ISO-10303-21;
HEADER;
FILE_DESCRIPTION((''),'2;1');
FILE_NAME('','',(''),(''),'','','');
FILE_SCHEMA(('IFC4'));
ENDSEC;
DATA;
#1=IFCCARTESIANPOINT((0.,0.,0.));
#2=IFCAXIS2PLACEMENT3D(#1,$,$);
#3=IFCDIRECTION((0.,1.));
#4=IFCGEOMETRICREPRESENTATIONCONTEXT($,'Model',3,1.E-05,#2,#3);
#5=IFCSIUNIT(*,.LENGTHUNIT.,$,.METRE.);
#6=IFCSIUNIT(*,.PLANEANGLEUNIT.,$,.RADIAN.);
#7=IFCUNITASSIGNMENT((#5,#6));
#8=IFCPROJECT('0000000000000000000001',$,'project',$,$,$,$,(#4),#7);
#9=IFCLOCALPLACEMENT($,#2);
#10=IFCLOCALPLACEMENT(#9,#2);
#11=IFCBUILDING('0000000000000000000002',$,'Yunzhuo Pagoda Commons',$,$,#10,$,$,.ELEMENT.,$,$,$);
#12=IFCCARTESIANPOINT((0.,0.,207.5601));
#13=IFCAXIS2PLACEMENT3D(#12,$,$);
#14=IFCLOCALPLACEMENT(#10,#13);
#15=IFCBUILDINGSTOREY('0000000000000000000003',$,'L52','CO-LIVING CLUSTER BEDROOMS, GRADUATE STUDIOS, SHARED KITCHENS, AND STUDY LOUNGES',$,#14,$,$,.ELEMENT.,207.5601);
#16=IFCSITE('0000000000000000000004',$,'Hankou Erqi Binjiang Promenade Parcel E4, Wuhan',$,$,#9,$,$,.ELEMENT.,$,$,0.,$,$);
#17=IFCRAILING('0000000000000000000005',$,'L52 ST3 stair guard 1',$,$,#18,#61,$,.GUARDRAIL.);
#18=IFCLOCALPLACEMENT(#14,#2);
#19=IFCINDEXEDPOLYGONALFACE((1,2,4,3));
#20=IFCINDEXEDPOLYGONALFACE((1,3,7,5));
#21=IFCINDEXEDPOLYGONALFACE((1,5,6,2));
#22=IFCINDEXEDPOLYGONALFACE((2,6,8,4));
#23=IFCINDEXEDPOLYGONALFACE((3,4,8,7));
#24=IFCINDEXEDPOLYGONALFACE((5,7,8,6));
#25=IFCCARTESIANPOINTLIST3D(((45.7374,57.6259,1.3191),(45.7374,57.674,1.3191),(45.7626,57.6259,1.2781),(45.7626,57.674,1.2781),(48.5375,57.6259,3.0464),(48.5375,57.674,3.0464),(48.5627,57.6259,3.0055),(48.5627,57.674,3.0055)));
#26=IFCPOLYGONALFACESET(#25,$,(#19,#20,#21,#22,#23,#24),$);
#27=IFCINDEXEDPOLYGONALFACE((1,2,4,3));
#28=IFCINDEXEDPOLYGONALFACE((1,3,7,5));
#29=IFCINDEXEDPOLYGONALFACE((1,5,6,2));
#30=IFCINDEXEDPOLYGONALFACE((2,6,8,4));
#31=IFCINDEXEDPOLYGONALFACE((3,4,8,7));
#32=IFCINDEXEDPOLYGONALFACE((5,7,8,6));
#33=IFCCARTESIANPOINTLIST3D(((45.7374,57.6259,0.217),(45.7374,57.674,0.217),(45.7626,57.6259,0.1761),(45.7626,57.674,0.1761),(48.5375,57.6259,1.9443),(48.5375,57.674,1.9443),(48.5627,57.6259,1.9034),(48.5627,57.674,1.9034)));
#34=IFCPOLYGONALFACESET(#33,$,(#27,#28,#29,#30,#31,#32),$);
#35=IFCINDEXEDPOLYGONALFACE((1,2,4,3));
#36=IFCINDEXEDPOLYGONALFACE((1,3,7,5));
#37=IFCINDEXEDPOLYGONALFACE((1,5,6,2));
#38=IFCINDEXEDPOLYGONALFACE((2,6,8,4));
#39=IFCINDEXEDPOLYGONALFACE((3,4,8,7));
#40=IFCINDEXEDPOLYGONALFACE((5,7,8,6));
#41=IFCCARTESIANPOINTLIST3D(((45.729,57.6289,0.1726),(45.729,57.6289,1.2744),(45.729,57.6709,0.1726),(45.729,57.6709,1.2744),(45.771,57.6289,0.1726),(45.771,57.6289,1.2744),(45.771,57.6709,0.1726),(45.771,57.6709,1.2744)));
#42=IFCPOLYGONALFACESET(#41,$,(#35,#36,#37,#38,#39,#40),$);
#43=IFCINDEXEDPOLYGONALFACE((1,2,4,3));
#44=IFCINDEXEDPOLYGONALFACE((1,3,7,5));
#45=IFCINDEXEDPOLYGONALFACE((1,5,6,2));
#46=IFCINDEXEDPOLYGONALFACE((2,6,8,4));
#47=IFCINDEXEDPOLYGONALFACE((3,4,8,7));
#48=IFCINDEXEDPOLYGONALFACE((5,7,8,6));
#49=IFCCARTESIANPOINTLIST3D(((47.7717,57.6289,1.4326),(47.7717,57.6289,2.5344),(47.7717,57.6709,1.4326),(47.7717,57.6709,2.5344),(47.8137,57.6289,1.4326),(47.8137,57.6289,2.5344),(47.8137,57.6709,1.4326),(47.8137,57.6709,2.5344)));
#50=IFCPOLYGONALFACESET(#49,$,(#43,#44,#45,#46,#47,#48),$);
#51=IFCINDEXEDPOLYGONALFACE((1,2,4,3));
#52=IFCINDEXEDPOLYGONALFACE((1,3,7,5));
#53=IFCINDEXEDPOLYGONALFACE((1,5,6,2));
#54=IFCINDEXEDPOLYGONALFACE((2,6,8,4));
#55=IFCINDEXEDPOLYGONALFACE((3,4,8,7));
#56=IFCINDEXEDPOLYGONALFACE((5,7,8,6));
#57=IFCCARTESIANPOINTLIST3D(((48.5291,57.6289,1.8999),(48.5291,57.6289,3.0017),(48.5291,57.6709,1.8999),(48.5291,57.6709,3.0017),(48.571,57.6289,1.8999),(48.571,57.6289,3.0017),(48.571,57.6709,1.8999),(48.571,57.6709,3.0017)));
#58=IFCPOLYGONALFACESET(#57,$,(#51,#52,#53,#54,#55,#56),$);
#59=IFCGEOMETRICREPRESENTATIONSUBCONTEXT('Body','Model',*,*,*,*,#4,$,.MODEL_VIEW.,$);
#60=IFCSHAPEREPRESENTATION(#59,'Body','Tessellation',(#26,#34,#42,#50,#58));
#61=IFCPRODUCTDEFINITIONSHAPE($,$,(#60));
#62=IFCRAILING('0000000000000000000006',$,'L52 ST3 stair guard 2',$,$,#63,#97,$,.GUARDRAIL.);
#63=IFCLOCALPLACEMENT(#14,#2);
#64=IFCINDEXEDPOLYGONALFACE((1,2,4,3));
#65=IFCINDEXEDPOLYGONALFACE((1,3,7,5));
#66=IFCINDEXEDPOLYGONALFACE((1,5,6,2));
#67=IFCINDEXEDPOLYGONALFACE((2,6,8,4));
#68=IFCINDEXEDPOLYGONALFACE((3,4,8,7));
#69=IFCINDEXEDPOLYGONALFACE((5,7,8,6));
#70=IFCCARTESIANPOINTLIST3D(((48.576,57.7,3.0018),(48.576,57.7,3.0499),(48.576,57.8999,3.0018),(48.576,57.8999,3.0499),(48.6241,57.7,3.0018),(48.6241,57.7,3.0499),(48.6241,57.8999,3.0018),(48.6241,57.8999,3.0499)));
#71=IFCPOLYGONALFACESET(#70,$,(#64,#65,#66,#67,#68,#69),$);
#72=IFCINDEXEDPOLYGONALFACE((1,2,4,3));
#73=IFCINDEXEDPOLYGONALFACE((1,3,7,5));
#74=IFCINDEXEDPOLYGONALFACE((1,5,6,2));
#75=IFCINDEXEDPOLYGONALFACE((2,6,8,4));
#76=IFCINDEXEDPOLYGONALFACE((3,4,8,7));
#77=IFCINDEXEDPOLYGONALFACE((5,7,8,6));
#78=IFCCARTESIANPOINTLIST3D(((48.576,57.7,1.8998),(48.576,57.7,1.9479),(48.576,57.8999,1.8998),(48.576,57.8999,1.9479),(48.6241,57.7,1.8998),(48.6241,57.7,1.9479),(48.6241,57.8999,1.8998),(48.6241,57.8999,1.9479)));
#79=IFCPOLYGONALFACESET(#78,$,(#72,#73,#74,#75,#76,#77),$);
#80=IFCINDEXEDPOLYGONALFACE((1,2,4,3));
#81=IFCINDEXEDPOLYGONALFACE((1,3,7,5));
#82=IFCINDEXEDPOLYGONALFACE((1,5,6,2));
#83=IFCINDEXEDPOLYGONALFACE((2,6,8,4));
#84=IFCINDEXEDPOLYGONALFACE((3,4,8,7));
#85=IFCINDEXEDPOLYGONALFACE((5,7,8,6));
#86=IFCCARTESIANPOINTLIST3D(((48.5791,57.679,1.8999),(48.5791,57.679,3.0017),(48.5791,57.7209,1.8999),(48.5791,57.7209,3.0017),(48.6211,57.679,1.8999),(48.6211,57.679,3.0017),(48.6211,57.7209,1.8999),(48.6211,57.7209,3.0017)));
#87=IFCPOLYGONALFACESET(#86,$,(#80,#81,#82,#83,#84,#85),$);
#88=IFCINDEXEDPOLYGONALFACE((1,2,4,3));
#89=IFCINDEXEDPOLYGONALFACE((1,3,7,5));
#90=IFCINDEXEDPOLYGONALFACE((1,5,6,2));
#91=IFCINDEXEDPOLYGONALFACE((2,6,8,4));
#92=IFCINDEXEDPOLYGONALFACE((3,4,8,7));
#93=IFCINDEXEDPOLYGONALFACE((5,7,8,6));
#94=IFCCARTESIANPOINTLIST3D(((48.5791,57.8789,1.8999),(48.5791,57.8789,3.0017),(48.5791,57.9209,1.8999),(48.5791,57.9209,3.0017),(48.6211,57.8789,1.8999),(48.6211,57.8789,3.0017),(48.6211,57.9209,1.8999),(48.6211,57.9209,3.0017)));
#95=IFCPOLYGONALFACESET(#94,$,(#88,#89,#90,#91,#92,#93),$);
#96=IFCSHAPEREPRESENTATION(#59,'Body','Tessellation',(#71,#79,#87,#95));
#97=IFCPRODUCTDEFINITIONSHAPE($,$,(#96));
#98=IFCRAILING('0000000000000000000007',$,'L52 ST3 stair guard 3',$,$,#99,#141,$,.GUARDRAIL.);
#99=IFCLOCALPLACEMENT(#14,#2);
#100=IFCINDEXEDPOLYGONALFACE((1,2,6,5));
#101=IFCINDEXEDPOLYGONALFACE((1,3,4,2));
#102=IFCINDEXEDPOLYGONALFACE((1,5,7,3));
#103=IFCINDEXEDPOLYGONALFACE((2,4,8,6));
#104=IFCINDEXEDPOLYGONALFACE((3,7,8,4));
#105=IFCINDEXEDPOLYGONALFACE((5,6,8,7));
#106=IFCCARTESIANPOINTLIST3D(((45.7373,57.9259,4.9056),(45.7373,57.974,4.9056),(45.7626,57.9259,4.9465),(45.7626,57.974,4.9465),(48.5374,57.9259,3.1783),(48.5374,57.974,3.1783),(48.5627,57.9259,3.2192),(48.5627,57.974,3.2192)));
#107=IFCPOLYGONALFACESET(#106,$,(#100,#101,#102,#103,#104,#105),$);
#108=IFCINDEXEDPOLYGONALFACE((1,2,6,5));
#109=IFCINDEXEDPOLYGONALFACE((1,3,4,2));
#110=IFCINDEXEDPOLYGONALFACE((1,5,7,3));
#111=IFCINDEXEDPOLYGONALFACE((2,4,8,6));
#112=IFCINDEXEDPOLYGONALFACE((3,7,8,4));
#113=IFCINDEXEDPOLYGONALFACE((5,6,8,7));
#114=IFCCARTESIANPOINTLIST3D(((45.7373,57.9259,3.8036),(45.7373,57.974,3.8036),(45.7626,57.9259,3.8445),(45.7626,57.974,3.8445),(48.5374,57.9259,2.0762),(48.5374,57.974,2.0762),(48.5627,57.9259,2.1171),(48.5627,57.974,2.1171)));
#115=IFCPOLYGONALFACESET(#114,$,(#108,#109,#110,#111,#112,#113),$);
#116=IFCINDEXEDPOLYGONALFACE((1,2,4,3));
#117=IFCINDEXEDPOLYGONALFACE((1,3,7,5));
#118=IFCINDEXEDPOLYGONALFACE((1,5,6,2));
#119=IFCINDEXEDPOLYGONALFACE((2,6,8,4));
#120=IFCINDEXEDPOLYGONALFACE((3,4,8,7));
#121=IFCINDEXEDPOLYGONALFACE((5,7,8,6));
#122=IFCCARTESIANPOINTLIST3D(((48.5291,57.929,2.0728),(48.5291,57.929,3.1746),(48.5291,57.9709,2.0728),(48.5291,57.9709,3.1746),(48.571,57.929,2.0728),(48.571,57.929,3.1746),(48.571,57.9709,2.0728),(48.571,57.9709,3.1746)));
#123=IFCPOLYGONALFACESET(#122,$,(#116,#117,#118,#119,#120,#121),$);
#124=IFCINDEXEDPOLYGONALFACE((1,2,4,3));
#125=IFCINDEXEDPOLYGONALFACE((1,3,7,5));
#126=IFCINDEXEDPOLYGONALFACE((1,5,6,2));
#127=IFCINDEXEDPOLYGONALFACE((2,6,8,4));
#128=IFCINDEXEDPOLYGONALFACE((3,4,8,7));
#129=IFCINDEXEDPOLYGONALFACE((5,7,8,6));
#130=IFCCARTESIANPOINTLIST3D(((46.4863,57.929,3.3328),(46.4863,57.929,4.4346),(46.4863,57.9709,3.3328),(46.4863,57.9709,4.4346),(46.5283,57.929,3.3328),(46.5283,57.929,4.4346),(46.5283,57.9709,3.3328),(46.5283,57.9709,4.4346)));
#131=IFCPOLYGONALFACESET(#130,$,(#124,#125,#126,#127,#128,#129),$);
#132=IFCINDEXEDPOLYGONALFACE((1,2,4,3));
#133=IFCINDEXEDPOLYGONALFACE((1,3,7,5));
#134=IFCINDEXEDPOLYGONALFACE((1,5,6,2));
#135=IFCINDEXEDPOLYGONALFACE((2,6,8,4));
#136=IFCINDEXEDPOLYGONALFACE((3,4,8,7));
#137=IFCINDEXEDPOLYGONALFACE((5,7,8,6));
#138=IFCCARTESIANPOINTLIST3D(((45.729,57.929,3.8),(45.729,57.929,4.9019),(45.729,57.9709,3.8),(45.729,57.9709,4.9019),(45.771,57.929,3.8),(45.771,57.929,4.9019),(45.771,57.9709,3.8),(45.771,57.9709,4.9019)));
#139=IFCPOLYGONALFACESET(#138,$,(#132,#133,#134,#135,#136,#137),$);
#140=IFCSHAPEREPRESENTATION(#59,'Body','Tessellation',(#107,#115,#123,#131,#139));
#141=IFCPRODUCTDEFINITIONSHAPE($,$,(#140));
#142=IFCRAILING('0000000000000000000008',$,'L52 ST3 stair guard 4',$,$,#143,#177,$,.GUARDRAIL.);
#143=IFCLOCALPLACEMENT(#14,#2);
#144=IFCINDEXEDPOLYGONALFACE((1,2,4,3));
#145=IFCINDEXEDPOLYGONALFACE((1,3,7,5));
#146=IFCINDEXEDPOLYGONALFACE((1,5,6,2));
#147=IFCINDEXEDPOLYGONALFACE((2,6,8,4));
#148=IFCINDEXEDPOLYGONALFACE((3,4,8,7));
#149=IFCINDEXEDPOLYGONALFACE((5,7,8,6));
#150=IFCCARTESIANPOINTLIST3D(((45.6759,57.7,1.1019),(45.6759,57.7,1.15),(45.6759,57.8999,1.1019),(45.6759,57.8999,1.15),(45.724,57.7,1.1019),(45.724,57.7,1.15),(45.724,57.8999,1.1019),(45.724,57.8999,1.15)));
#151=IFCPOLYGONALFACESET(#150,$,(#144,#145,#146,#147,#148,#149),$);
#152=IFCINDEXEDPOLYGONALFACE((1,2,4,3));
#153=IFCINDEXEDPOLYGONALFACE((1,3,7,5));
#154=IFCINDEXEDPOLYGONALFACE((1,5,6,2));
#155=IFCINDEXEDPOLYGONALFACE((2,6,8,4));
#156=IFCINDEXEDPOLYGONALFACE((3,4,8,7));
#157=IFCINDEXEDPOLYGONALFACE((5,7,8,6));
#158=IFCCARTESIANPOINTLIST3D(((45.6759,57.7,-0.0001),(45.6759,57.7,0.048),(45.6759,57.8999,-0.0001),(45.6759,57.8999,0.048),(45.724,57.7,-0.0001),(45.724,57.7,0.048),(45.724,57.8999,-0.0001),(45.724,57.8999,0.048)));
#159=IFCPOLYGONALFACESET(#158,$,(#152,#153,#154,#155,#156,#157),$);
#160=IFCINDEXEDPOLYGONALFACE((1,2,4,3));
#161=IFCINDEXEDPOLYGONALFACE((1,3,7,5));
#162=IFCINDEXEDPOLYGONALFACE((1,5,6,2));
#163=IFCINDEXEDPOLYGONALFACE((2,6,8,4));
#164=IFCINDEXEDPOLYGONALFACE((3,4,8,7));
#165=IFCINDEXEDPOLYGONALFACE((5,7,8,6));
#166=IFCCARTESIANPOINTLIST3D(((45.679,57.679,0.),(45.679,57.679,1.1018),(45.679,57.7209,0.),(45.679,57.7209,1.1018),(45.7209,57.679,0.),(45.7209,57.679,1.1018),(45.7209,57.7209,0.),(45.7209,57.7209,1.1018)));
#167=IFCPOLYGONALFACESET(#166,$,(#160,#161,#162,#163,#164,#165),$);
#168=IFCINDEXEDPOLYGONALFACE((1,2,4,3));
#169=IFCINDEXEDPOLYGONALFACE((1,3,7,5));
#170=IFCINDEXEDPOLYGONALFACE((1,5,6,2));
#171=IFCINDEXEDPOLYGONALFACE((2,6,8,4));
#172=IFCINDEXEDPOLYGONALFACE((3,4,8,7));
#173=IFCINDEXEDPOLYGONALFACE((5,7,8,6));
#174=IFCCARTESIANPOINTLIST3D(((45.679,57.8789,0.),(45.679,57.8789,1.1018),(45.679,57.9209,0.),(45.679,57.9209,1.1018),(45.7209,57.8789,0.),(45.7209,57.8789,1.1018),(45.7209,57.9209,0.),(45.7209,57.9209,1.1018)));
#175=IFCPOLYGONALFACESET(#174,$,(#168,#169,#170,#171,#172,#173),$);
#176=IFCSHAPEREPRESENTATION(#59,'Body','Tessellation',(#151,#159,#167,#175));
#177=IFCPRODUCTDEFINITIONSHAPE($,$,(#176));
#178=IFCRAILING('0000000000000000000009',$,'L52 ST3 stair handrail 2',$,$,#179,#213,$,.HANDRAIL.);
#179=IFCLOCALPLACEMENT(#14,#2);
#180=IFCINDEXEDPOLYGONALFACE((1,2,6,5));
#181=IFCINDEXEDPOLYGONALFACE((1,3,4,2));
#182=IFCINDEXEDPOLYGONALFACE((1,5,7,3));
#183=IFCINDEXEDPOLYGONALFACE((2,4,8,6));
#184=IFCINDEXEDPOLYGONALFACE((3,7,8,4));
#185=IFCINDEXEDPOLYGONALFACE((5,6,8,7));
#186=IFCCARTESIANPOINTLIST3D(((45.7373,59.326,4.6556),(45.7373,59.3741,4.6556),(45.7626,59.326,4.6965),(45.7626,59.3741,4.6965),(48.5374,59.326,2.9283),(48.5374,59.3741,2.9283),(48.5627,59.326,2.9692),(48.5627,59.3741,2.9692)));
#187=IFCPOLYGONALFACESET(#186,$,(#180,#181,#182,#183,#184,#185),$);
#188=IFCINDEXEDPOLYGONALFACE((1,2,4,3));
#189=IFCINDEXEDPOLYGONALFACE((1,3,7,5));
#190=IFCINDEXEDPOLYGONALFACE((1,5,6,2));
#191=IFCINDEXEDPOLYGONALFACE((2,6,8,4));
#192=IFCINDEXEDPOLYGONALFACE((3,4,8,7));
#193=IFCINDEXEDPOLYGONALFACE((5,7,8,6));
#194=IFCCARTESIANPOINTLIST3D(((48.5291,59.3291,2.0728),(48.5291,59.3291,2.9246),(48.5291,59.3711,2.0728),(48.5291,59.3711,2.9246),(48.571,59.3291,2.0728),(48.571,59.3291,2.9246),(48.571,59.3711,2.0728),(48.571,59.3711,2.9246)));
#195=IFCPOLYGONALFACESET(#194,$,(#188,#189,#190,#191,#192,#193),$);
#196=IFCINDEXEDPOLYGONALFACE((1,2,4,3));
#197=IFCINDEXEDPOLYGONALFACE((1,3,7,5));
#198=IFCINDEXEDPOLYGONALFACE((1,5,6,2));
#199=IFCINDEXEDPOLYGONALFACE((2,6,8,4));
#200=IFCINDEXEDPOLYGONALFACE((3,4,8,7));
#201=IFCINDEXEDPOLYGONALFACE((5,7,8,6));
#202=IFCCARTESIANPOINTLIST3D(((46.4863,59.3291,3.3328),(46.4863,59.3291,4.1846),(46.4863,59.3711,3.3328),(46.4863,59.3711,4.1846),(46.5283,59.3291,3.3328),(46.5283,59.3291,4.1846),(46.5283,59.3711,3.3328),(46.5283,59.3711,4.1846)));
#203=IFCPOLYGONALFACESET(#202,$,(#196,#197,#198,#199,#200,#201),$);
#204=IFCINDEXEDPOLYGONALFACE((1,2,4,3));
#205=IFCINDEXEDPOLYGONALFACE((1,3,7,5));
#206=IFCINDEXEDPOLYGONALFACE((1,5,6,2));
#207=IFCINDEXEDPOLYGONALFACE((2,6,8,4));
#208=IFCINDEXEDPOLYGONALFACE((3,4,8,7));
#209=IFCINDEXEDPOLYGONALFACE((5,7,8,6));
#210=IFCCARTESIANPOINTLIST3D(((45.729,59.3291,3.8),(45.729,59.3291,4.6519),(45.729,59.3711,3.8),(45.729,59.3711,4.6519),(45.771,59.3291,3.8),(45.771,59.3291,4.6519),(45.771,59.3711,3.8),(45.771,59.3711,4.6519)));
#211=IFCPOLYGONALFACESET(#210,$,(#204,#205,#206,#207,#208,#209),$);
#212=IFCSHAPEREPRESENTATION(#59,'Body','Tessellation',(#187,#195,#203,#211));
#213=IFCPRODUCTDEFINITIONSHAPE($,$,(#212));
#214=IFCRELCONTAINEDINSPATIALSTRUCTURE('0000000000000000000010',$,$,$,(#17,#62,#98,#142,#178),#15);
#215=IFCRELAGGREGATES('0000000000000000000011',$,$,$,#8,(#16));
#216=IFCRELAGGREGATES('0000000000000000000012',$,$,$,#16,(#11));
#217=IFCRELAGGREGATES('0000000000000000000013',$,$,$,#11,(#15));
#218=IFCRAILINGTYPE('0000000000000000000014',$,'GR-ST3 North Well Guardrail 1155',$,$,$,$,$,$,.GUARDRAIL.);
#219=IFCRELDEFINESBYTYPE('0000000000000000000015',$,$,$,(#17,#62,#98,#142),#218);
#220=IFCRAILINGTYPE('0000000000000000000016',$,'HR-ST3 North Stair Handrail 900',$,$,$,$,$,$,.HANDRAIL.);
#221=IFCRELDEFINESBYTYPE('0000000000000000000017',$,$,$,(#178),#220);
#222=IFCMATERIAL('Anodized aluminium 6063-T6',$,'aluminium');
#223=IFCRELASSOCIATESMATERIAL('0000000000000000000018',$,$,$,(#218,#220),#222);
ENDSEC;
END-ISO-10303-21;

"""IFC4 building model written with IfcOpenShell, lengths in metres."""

from ifc_helpers import new_model, si_unit, direction, frame, origin, origin_2d, place, context, subcontext, project, spatial, rectangle, extrude, material, type_object, element, save


model = new_model("IFC4")

# Units and contexts
model_context = context("Model", 3, precision=1e-05, world=origin(), true_north=direction((0.0, 1.0)))
body_context = subcontext(model_context, "Body", "Model", "MODEL_VIEW")
ifc_project = project(units=[si_unit("LENGTHUNIT", "METRE"), si_unit("PLANEANGLEUNIT", "RADIAN")], contexts=[model_context])

# Site, building, storey
site_placement = place(None, origin())
site = spatial("IfcSite", under=ifc_project, at=site_placement, Name="Hankou Erqi Binjiang Promenade Parcel E4, Wuhan", CompositionType="ELEMENT", RefElevation=0.0)
building_placement = place(site_placement, origin())
building = spatial("IfcBuilding", under=site, at=building_placement, Name="Yunzhuo Pagoda Commons", CompositionType="ELEMENT")
storey_placement = place(building_placement, frame((0.0, 0.0, 207.5601)))
storey = spatial("IfcBuildingStorey", under=building, at=storey_placement, Name="L52", Description="CO-LIVING CLUSTER BEDROOMS, GRADUATE STUDIOS, SHARED KITCHENS, AND STUDY LOUNGES", CompositionType="ELEMENT", Elevation=207.5601)

# Shared definitions
ifc_material_1 = material(Name="Anodized aluminium 6063-T6", Category="aluminium")

# Railings
railing_type_1 = type_object("IfcRailingType", Name="GR-ST3 North Well Guardrail 1155", PredefinedType="GUARDRAIL", material=ifc_material_1)
railing_1_placement = place(storey_placement, frame((45.75, 57.6499, 0.1726)))
element("IfcRailing", 1, at=railing_1_placement, inside=storey, type_object=railing_type_1, Name="L52 ST3 stair guard 1", PredefinedType="GUARDRAIL", context=body_context, shape_type="SweptSolid", body=[
    extrude(rectangle(XDim=0.0481, YDim=0.0481, at=origin_2d()), frame((0.0, 0.0, 1.126), z_axis=(0.85109, 0.0, 0.52502), x_axis=(0.0, 1.0, 0.0)), (0.0, 0.0, 1.0), 3.29),
    extrude(rectangle(XDim=0.0481, YDim=0.0481, at=origin_2d()), frame((0.0, 0.0, 0.0239), z_axis=(0.85109, 0.0, 0.52502), x_axis=(0.0, 1.0, 0.0)), (0.0, 0.0, 1.0), 3.29),
    extrude(rectangle(XDim=0.042, YDim=0.042, at=origin_2d()), origin(), (0.0, 0.0, 1.0), 1.1018),
    extrude(rectangle(XDim=0.042, YDim=0.042, at=origin_2d()), frame((2.0427, 0.0, 1.26)), (0.0, 0.0, 1.0), 1.1018),
    extrude(rectangle(XDim=0.042, YDim=0.042, at=origin_2d()), frame((2.8, 0.0, 1.7273)), (0.0, 0.0, 1.0), 1.1018),
])
railing_2_placement = place(storey_placement, frame((48.6001, 57.7, 1.8999)))
element("IfcRailing", 2, at=railing_2_placement, inside=storey, type_object=railing_type_1, Name="L52 ST3 stair guard 2", PredefinedType="GUARDRAIL", context=body_context, shape_type="SweptSolid", body=[
    extrude(rectangle(XDim=0.0481, YDim=0.0481, at=origin_2d()), frame((0.0, 0.0, 1.126), z_axis=(0.0, 1.0, 0.0), x_axis=(-1.0, 0.0, 0.0)), (0.0, 0.0, 1.0), 0.2),
    extrude(rectangle(XDim=0.0481, YDim=0.0481, at=origin_2d()), frame((0.0, 0.0, 0.0239), z_axis=(0.0, 1.0, 0.0), x_axis=(-1.0, 0.0, 0.0)), (0.0, 0.0, 1.0), 0.2),
    extrude(rectangle(XDim=0.042, YDim=0.042, at=origin_2d()), origin(), (0.0, 0.0, 1.0), 1.1018),
    extrude(rectangle(XDim=0.042, YDim=0.042, at=origin_2d()), frame((0.0, 0.2, 0.0)), (0.0, 0.0, 1.0), 1.1018),
])
railing_3_placement = place(storey_placement, frame((48.55, 57.95, 2.0728)))
element("IfcRailing", 3, at=railing_3_placement, inside=storey, type_object=railing_type_1, Name="L52 ST3 stair guard 3", PredefinedType="GUARDRAIL", context=body_context, shape_type="SweptSolid", body=[
    extrude(rectangle(XDim=0.0481, YDim=0.0481, at=origin_2d()), frame((0.0, 0.0, 1.126), z_axis=(-0.85109, 0.0, 0.52502), x_axis=(0.0, -1.0, 0.0)), (0.0, 0.0, 1.0), 3.29),
    extrude(rectangle(XDim=0.0481, YDim=0.0481, at=origin_2d()), frame((0.0, 0.0, 0.0239), z_axis=(-0.85109, 0.0, 0.52502), x_axis=(0.0, -1.0, 0.0)), (0.0, 0.0, 1.0), 3.29),
    extrude(rectangle(XDim=0.042, YDim=0.042, at=origin_2d()), origin(), (0.0, 0.0, 1.0), 1.1018),
    extrude(rectangle(XDim=0.042, YDim=0.042, at=origin_2d()), frame((-2.0427, 0.0, 1.26)), (0.0, 0.0, 1.0), 1.1018),
    extrude(rectangle(XDim=0.042, YDim=0.042, at=origin_2d()), frame((-2.8, 0.0, 1.7273)), (0.0, 0.0, 1.0), 1.1018),
])
railing_4_placement = place(storey_placement, frame((45.7, 57.7, 0.0)))
element("IfcRailing", 4, at=railing_4_placement, inside=storey, type_object=railing_type_1, Name="L52 ST3 stair guard 4", PredefinedType="GUARDRAIL", context=body_context, shape_type="SweptSolid", body=[
    extrude(rectangle(XDim=0.0481, YDim=0.0481, at=origin_2d()), frame((0.0, 0.0, 1.126), z_axis=(0.0, 1.0, 0.0), x_axis=(-1.0, 0.0, 0.0)), (0.0, 0.0, 1.0), 0.2),
    extrude(rectangle(XDim=0.0481, YDim=0.0481, at=origin_2d()), frame((0.0, 0.0, 0.0239), z_axis=(0.0, 1.0, 0.0), x_axis=(-1.0, 0.0, 0.0)), (0.0, 0.0, 1.0), 0.2),
    extrude(rectangle(XDim=0.042, YDim=0.042, at=origin_2d()), origin(), (0.0, 0.0, 1.0), 1.1018),
    extrude(rectangle(XDim=0.042, YDim=0.042, at=origin_2d()), frame((0.0, 0.2, 0.0)), (0.0, 0.0, 1.0), 1.1018),
])
railing_type_2 = type_object("IfcRailingType", Name="HR-ST3 North Stair Handrail 900", PredefinedType="HANDRAIL", material=ifc_material_1)
railing_5_placement = place(storey_placement, frame((48.55, 59.3501, 2.0728)))
element("IfcRailing", 5, at=railing_5_placement, inside=storey, type_object=railing_type_2, Name="L52 ST3 stair handrail 2", PredefinedType="HANDRAIL", context=body_context, shape_type="SweptSolid", body=[
    extrude(rectangle(XDim=0.0481, YDim=0.0481, at=origin_2d()), frame((0.0, 0.0, 0.876), z_axis=(-0.85109, 0.0, 0.52502), x_axis=(0.0, -1.0, 0.0)), (0.0, 0.0, 1.0), 3.29),
    extrude(rectangle(XDim=0.042, YDim=0.042, at=origin_2d()), origin(), (0.0, 0.0, 1.0), 0.8518),
    extrude(rectangle(XDim=0.042, YDim=0.042, at=origin_2d()), frame((-2.0427, 0.0, 1.26)), (0.0, 0.0, 1.0), 0.8518),
    extrude(rectangle(XDim=0.042, YDim=0.042, at=origin_2d()), frame((-2.8, 0.0, 1.7273)), (0.0, 0.0, 1.0), 0.8518),
])

save(model, "model.ifc")
